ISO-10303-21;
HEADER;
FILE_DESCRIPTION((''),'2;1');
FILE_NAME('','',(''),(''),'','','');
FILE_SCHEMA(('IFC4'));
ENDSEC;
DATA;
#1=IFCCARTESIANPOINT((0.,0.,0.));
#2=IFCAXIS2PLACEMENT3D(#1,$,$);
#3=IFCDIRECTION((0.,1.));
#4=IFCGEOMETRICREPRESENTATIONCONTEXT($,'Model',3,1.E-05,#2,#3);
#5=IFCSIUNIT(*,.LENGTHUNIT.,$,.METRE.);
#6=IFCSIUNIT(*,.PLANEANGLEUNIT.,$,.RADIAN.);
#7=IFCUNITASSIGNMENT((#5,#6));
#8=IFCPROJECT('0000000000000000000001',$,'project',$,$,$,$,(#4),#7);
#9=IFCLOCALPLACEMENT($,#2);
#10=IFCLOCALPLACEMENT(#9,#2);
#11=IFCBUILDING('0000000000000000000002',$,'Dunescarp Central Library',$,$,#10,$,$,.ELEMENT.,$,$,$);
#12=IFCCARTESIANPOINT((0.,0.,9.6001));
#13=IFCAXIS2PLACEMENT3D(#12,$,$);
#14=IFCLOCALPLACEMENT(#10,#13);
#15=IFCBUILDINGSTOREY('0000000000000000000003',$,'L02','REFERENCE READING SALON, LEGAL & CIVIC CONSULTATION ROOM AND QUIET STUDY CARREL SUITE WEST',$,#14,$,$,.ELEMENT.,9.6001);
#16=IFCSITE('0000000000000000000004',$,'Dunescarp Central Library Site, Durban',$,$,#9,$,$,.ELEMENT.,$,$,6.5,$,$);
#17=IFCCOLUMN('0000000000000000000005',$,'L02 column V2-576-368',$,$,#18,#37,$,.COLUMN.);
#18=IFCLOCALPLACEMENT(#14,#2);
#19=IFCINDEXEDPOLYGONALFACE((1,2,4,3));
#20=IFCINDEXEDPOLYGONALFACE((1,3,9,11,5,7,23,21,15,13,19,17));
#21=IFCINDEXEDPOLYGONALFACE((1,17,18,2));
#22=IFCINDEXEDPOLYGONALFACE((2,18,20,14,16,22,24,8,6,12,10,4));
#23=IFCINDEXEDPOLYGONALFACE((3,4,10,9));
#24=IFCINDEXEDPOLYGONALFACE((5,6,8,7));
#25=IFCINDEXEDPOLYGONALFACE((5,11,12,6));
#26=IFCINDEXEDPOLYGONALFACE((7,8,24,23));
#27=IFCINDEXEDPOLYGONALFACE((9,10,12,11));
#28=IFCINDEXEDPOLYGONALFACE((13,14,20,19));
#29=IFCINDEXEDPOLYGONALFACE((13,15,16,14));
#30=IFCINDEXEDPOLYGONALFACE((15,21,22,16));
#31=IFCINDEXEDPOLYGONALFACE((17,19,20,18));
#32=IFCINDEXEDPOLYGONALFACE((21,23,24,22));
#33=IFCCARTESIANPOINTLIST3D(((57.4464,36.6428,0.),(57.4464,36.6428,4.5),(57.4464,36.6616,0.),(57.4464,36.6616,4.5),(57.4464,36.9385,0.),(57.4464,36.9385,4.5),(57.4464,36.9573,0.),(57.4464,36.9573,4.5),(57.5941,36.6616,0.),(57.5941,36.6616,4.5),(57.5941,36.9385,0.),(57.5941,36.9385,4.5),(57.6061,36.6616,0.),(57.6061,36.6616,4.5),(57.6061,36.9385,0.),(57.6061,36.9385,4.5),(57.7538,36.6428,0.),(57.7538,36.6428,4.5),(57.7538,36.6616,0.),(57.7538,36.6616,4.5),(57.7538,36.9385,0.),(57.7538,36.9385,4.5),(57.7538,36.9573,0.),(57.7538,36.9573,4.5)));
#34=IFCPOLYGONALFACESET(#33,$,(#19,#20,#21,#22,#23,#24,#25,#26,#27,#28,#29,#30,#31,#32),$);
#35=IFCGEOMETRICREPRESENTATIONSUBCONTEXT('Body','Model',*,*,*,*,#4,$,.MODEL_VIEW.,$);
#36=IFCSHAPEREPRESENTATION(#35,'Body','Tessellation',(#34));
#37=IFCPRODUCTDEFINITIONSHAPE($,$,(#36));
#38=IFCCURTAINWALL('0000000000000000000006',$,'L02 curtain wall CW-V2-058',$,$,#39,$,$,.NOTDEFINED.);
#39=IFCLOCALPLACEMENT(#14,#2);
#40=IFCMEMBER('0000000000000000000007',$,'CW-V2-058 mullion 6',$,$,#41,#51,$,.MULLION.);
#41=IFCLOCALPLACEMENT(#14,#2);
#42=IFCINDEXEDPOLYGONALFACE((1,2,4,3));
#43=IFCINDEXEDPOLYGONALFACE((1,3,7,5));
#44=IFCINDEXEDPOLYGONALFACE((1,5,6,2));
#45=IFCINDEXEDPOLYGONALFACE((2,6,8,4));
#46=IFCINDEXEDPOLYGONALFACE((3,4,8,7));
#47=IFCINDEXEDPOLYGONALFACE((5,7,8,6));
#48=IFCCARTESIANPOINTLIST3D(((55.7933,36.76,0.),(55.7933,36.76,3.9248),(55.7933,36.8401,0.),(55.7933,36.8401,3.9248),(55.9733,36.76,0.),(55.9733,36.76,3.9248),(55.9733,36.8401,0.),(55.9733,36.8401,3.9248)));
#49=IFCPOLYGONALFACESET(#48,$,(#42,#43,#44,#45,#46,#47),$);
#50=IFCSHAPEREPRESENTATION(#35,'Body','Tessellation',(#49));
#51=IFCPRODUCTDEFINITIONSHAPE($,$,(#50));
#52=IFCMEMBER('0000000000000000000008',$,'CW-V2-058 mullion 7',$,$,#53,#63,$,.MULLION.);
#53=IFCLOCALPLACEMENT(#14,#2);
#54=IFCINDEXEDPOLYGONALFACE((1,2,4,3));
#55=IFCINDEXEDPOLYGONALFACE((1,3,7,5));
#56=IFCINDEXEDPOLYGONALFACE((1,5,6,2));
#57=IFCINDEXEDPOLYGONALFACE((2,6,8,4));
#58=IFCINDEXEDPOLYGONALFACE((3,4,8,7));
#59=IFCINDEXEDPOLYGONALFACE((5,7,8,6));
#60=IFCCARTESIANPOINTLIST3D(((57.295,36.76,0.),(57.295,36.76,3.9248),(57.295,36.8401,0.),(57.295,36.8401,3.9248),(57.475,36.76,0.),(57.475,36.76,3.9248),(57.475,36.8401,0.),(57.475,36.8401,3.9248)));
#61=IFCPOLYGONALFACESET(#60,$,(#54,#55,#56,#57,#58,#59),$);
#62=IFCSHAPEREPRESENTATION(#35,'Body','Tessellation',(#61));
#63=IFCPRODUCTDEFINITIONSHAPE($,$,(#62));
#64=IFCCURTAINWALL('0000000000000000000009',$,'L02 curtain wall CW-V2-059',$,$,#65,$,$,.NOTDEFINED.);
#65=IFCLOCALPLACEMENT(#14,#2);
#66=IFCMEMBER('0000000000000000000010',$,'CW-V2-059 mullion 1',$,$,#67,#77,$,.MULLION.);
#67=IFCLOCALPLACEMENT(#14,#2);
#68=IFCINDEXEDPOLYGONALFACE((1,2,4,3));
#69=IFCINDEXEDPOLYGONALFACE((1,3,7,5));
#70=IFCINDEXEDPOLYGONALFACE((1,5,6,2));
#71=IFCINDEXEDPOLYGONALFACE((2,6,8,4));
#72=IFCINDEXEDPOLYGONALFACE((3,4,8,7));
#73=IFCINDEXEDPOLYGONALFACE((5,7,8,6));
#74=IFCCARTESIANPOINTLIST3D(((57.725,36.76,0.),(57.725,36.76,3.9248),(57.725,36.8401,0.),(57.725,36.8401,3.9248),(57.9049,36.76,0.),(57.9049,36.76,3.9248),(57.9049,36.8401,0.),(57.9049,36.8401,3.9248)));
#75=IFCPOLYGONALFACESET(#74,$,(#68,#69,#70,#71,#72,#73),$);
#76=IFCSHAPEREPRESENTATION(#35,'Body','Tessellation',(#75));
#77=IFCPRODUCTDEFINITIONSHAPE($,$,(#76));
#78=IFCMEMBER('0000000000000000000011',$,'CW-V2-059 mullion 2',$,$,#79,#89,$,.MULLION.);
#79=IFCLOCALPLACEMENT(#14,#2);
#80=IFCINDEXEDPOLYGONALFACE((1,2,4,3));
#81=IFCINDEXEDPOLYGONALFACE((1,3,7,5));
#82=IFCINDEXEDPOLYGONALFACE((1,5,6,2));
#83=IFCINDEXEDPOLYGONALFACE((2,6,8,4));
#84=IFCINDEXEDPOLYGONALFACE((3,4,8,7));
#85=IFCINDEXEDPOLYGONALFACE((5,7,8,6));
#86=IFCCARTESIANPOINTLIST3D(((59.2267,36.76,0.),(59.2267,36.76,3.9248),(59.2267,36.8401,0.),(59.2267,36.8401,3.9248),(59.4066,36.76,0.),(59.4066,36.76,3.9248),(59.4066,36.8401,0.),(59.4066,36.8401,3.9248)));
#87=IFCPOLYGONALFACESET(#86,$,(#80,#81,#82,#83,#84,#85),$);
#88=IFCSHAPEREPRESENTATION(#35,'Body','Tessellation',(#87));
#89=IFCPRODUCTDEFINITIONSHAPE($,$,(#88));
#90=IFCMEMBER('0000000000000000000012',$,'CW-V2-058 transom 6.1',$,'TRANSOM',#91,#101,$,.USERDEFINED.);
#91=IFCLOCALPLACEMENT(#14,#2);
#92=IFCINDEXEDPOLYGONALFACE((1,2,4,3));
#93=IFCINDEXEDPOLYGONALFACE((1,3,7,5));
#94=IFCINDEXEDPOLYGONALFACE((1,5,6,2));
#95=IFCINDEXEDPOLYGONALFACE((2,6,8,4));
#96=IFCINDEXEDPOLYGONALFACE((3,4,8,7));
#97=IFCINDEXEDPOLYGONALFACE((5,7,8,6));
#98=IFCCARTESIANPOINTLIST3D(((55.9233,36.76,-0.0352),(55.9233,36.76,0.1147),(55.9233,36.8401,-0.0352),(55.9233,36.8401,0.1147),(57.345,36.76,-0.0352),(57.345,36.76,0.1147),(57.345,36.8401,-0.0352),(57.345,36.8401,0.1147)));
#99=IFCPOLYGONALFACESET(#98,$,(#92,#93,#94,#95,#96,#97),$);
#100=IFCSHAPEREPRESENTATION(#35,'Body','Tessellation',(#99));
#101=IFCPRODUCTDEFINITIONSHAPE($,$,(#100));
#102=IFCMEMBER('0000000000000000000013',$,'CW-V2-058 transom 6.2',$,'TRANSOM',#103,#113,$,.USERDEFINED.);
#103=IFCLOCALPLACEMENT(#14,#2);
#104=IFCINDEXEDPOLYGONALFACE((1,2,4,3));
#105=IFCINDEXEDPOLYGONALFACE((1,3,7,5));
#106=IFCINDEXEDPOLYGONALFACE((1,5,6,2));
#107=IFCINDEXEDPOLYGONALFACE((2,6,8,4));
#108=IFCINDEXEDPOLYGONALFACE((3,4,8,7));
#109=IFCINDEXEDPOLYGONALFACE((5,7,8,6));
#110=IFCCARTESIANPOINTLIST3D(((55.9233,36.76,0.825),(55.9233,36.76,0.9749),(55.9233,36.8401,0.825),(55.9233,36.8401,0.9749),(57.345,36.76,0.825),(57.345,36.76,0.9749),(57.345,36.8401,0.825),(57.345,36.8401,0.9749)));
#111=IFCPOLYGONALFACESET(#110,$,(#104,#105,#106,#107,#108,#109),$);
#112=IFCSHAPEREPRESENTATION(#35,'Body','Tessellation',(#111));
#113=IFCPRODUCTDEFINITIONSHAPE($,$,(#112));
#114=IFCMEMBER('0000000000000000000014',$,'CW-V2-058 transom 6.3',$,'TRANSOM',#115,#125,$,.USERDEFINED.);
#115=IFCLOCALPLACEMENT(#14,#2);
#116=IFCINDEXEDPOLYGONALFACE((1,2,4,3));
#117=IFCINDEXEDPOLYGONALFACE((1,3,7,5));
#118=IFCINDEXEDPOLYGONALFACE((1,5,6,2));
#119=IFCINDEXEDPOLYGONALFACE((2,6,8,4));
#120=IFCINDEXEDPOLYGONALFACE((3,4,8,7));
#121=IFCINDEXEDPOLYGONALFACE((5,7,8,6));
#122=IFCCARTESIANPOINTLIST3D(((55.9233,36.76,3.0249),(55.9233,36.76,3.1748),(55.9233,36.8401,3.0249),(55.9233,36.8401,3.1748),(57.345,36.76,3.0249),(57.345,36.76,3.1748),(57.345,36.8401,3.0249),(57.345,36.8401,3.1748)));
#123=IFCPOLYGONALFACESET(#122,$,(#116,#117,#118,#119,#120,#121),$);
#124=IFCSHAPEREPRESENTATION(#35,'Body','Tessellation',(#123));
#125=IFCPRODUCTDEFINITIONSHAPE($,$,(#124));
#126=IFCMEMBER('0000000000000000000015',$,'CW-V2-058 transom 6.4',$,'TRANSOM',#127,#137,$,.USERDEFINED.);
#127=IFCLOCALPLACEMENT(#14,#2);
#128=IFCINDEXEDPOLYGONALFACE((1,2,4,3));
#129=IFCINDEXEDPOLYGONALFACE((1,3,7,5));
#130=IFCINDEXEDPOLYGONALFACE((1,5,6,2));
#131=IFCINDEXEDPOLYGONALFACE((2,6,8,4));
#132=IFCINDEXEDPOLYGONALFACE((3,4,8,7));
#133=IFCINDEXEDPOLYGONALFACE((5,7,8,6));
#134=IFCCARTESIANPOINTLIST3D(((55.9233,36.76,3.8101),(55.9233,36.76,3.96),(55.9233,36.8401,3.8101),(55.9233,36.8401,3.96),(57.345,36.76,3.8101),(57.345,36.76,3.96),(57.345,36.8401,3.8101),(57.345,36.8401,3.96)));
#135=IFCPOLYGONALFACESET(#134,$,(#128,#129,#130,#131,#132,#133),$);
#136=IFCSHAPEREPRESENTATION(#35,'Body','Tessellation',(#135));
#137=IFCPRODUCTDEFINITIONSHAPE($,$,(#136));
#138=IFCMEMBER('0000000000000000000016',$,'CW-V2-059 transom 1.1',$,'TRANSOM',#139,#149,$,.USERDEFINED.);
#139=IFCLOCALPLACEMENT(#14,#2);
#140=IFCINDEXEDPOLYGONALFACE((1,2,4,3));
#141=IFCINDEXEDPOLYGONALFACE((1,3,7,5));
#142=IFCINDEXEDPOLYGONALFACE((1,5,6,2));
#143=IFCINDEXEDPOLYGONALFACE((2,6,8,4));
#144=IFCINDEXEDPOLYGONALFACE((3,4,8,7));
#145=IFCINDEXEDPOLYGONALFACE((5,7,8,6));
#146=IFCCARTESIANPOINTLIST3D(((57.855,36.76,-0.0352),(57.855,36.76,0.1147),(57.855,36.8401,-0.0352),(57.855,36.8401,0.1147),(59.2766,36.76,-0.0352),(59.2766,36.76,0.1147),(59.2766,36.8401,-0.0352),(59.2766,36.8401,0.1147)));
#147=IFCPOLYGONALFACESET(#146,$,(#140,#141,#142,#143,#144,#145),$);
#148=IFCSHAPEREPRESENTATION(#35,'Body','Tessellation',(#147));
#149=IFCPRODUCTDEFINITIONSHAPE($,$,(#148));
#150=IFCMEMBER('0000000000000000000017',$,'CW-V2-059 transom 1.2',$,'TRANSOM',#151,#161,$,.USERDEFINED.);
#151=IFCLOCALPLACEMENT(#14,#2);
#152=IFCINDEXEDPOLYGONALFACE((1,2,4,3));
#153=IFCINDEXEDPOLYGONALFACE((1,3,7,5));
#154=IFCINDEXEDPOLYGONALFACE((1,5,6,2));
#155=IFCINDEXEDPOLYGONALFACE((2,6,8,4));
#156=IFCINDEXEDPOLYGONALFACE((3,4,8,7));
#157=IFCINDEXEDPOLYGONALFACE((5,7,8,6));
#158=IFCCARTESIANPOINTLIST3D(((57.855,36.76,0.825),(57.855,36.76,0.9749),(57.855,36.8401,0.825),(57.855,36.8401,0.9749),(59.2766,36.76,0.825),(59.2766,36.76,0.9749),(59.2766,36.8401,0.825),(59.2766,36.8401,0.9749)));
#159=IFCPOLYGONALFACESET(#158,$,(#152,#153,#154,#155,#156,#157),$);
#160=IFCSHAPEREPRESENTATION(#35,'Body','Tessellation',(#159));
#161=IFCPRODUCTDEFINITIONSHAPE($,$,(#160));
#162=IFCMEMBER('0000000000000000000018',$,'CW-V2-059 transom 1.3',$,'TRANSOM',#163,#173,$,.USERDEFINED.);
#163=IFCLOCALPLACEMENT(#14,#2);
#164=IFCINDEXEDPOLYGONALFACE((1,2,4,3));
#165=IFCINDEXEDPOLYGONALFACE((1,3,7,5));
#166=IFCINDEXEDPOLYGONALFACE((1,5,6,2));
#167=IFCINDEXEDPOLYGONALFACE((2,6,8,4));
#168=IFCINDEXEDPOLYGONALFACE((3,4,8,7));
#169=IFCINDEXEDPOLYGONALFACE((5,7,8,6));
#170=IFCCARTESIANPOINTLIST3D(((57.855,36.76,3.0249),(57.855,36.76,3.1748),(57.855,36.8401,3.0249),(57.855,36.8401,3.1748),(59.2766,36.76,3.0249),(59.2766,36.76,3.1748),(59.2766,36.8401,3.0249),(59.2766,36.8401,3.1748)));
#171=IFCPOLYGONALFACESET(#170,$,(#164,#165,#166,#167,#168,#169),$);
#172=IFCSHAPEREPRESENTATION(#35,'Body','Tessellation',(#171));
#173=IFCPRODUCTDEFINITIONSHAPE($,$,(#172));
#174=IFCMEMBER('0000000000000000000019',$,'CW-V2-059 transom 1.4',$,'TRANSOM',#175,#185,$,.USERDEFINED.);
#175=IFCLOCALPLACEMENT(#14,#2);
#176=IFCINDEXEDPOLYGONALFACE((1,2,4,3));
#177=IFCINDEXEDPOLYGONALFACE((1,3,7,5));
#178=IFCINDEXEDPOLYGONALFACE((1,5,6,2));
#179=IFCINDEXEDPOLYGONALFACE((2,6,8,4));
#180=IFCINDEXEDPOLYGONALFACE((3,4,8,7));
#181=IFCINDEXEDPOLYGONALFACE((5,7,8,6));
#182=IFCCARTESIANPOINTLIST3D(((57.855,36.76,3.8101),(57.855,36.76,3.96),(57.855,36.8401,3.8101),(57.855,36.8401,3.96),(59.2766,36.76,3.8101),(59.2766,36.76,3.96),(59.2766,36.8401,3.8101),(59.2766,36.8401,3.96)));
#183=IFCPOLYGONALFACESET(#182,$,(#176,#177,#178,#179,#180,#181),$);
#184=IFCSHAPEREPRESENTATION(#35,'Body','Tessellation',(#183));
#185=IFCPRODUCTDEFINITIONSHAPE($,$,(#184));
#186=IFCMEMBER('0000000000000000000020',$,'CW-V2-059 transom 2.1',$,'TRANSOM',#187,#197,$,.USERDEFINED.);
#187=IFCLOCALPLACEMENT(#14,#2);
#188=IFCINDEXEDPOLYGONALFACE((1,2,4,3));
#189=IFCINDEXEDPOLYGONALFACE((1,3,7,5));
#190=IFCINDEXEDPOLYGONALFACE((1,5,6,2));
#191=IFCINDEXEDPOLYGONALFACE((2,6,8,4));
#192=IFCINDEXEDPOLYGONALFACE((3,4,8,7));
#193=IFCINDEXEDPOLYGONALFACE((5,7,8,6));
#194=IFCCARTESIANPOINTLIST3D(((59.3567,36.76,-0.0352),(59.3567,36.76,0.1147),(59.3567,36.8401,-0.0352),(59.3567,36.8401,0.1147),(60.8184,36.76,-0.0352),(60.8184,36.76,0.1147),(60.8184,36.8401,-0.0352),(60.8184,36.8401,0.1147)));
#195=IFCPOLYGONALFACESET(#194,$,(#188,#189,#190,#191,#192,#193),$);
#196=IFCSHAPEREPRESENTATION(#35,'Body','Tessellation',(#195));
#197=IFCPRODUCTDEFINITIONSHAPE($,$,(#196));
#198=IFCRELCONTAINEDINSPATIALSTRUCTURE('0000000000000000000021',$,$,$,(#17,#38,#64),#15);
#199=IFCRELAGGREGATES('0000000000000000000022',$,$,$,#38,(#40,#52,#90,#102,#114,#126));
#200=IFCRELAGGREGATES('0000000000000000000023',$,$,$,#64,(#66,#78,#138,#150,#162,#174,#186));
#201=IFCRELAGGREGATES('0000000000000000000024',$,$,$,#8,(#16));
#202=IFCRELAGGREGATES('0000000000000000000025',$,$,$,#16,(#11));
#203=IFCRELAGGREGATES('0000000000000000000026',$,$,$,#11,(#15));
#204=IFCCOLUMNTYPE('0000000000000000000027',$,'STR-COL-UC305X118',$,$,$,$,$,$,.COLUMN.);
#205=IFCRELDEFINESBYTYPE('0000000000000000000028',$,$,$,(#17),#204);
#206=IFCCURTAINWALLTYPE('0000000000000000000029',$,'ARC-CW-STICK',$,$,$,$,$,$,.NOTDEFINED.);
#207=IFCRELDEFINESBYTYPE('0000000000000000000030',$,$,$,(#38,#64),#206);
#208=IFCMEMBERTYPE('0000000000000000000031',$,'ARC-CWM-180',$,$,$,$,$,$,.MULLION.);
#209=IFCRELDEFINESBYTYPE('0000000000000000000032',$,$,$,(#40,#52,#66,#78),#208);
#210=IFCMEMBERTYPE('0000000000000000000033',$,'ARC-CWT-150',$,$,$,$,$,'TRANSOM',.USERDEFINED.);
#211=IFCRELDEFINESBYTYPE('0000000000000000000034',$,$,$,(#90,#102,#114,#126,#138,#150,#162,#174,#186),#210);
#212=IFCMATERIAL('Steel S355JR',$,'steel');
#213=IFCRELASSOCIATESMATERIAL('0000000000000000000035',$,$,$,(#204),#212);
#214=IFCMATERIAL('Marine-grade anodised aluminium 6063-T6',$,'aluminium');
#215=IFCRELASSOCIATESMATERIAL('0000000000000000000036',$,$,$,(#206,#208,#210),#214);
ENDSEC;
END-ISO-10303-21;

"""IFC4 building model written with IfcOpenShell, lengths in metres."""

from ifc_helpers import new_model, si_unit, direction, frame, origin, origin_2d, place, context, subcontext, project, spatial, rectangle, i_section, extrude, material, material_profile, profile_set, type_object, element, aggregate, save


model = new_model("IFC4")

# Units and contexts
model_context = context("Model", 3, precision=1e-05, world=origin(), true_north=direction((0.0, 1.0)))
body_context = subcontext(model_context, "Body", "Model", "MODEL_VIEW")
ifc_project = project(units=[si_unit("LENGTHUNIT", "METRE"), si_unit("PLANEANGLEUNIT", "RADIAN")], contexts=[model_context])

# Site, building, storey
site_placement = place(None, origin())
site = spatial("IfcSite", under=ifc_project, at=site_placement, Name="Dunescarp Central Library Site, Durban", CompositionType="ELEMENT", RefElevation=6.5)
building_placement = place(site_placement, origin())
building = spatial("IfcBuilding", under=site, at=building_placement, Name="Dunescarp Central Library", CompositionType="ELEMENT")
storey_placement = place(building_placement, frame((0.0, 0.0, 9.6001)))
storey = spatial("IfcBuildingStorey", under=building, at=storey_placement, Name="L02", Description="REFERENCE READING SALON, LEGAL & CIVIC CONSULTATION ROOM AND QUIET STUDY CARREL SUITE WEST", CompositionType="ELEMENT", Elevation=9.6001)

# Column
ifc_material_1 = material(Name="Steel S355JR", Category="steel")
ifc_material_profile_1 = material_profile(ifc_material_1, i_section(OverallWidth=0.3074, OverallDepth=0.3145, WebThickness=0.012, FlangeThickness=0.0188, at=origin_2d()), Name="UC 305x305x118")
ifc_profile_set_1 = profile_set([ifc_material_profile_1], Name="Steel S355JR")
column_type = type_object("IfcColumnType", Name="STR-COL-UC305X118", PredefinedType="COLUMN", material=ifc_profile_set_1)
column_placement = place(storey_placement, frame((57.6001, 36.8, 0.0), z_axis=(0.0, 0.0, 1.0), x_axis=(1.0, 0.0, 0.0)))
element("IfcColumn", 1, at=column_placement, inside=storey, type_object=column_type, Name="L02 column V2-576-368", PredefinedType="COLUMN", context=body_context, shape_type="SweptSolid", body=[
    extrude(i_section(OverallWidth=0.3074, OverallDepth=0.3145, WebThickness=0.012, FlangeThickness=0.0188, at=origin_2d()), origin(), (0.0, 0.0, 1.0), 4.5),
])

# Curtain walls, members
ifc_material_2 = material(Name="Marine-grade anodised aluminium 6063-T6", Category="aluminium")
curtain_wall_type = type_object("IfcCurtainWallType", Name="ARC-CW-STICK", PredefinedType="NOTDEFINED", material=ifc_material_2)
curtain_wall_1_placement = place(storey_placement, origin())
curtain_wall_1 = element("IfcCurtainWall", 2, at=curtain_wall_1_placement, inside=storey, type_object=curtain_wall_type, Name="L02 curtain wall CW-V2-058", PredefinedType="NOTDEFINED")
ifc_material_profile_2 = material_profile(ifc_material_2, rectangle(XDim=0.0801, YDim=0.1799, at=origin_2d()), Name="AL 80x180")
ifc_profile_set_2 = profile_set([ifc_material_profile_2], Name="Marine-grade anodised aluminium 6063-T6")
member_type_1 = type_object("IfcMemberType", Name="ARC-CWM-180", PredefinedType="MULLION", material=ifc_profile_set_2)
member_1_placement = place(storey_placement, frame((55.8833, 36.8, 0.0), z_axis=(0.0, 0.0, 1.0), x_axis=(0.0, 1.0, 0.0)))
member_1 = element("IfcMember", 3, at=member_1_placement, type_object=member_type_1, Name="CW-V2-058 mullion 6", PredefinedType="MULLION", context=body_context, shape_type="SweptSolid", body=[
    extrude(rectangle(XDim=0.0801, YDim=0.1799, at=origin_2d()), origin(), (0.0, 0.0, 1.0), 3.9248),
])
member_2_placement = place(storey_placement, frame((57.385, 36.8, 0.0), z_axis=(0.0, 0.0, 1.0), x_axis=(0.0, 1.0, 0.0)))
member_2 = element("IfcMember", 4, at=member_2_placement, type_object=member_type_1, Name="CW-V2-058 mullion 7", PredefinedType="MULLION", context=body_context, shape_type="SweptSolid", body=[
    extrude(rectangle(XDim=0.0801, YDim=0.1799, at=origin_2d()), origin(), (0.0, 0.0, 1.0), 3.9248),
])
curtain_wall_2_placement = place(storey_placement, origin())
curtain_wall_2 = element("IfcCurtainWall", 5, at=curtain_wall_2_placement, inside=storey, type_object=curtain_wall_type, Name="L02 curtain wall CW-V2-059", PredefinedType="NOTDEFINED")
member_3_placement = place(storey_placement, frame((57.8149, 36.8, 0.0), z_axis=(0.0, 0.0, 1.0), x_axis=(0.0, 1.0, 0.0)))
member_3 = element("IfcMember", 6, at=member_3_placement, type_object=member_type_1, Name="CW-V2-059 mullion 1", PredefinedType="MULLION", context=body_context, shape_type="SweptSolid", body=[
    extrude(rectangle(XDim=0.0801, YDim=0.1799, at=origin_2d()), origin(), (0.0, 0.0, 1.0), 3.9248),
])
member_4_placement = place(storey_placement, frame((59.3167, 36.8, 0.0), z_axis=(0.0, 0.0, 1.0), x_axis=(0.0, 1.0, 0.0)))
member_4 = element("IfcMember", 7, at=member_4_placement, type_object=member_type_1, Name="CW-V2-059 mullion 2", PredefinedType="MULLION", context=body_context, shape_type="SweptSolid", body=[
    extrude(rectangle(XDim=0.0801, YDim=0.1799, at=origin_2d()), origin(), (0.0, 0.0, 1.0), 3.9248),
])

# Members
ifc_material_profile_3 = material_profile(ifc_material_2, rectangle(XDim=0.0801, YDim=0.1499, at=origin_2d()), Name="AL 80x150")
ifc_profile_set_3 = profile_set([ifc_material_profile_3], Name="Marine-grade anodised aluminium 6063-T6")
member_type_2 = type_object("IfcMemberType", Name="ARC-CWT-150", ElementType="TRANSOM", PredefinedType="USERDEFINED", material=ifc_profile_set_3)
member_5_placement = place(storey_placement, frame((55.9233, 36.8, 0.0398), z_axis=(1.0, 0.0, 0.0), x_axis=(0.0, 1.0, 0.0)))
member_5 = element("IfcMember", 8, at=member_5_placement, type_object=member_type_2, Name="CW-V2-058 transom 6.1", ObjectType="TRANSOM", PredefinedType="USERDEFINED", context=body_context, shape_type="SweptSolid", body=[
    extrude(rectangle(XDim=0.0801, YDim=0.1499, at=origin_2d()), origin(), (0.0, 0.0, 1.0), 1.4216),
])
member_6_placement = place(storey_placement, frame((55.9233, 36.8, 0.8999), z_axis=(1.0, 0.0, 0.0), x_axis=(0.0, 1.0, 0.0)))
member_6 = element("IfcMember", 9, at=member_6_placement, type_object=member_type_2, Name="CW-V2-058 transom 6.2", ObjectType="TRANSOM", PredefinedType="USERDEFINED", context=body_context, shape_type="SweptSolid", body=[
    extrude(rectangle(XDim=0.0801, YDim=0.1499, at=origin_2d()), origin(), (0.0, 0.0, 1.0), 1.4216),
])
member_7_placement = place(storey_placement, frame((55.9233, 36.8, 3.0999), z_axis=(1.0, 0.0, 0.0), x_axis=(0.0, 1.0, 0.0)))
member_7 = element("IfcMember", 10, at=member_7_placement, type_object=member_type_2, Name="CW-V2-058 transom 6.3", ObjectType="TRANSOM", PredefinedType="USERDEFINED", context=body_context, shape_type="SweptSolid", body=[
    extrude(rectangle(XDim=0.0801, YDim=0.1499, at=origin_2d()), origin(), (0.0, 0.0, 1.0), 1.4216),
])
member_8_placement = place(storey_placement, frame((55.9233, 36.8, 3.885), z_axis=(1.0, 0.0, 0.0), x_axis=(0.0, 1.0, 0.0)))
member_8 = element("IfcMember", 11, at=member_8_placement, type_object=member_type_2, Name="CW-V2-058 transom 6.4", ObjectType="TRANSOM", PredefinedType="USERDEFINED", context=body_context, shape_type="SweptSolid", body=[
    extrude(rectangle(XDim=0.0801, YDim=0.1499, at=origin_2d()), origin(), (0.0, 0.0, 1.0), 1.4216),
])
member_9_placement = place(storey_placement, frame((57.855, 36.8, 0.0398), z_axis=(1.0, 0.0, 0.0), x_axis=(0.0, 1.0, 0.0)))
member_9 = element("IfcMember", 12, at=member_9_placement, type_object=member_type_2, Name="CW-V2-059 transom 1.1", ObjectType="TRANSOM", PredefinedType="USERDEFINED", context=body_context, shape_type="SweptSolid", body=[
    extrude(rectangle(XDim=0.0801, YDim=0.1499, at=origin_2d()), origin(), (0.0, 0.0, 1.0), 1.4216),
])
member_10_placement = place(storey_placement, frame((57.855, 36.8, 0.8999), z_axis=(1.0, 0.0, 0.0), x_axis=(0.0, 1.0, 0.0)))
member_10 = element("IfcMember", 13, at=member_10_placement, type_object=member_type_2, Name="CW-V2-059 transom 1.2", ObjectType="TRANSOM", PredefinedType="USERDEFINED", context=body_context, shape_type="SweptSolid", body=[
    extrude(rectangle(XDim=0.0801, YDim=0.1499, at=origin_2d()), origin(), (0.0, 0.0, 1.0), 1.4216),
])
member_11_placement = place(storey_placement, frame((57.855, 36.8, 3.0999), z_axis=(1.0, 0.0, 0.0), x_axis=(0.0, 1.0, 0.0)))
member_11 = element("IfcMember", 14, at=member_11_placement, type_object=member_type_2, Name="CW-V2-059 transom 1.3", ObjectType="TRANSOM", PredefinedType="USERDEFINED", context=body_context, shape_type="SweptSolid", body=[
    extrude(rectangle(XDim=0.0801, YDim=0.1499, at=origin_2d()), origin(), (0.0, 0.0, 1.0), 1.4216),
])
member_12_placement = place(storey_placement, frame((57.855, 36.8, 3.885), z_axis=(1.0, 0.0, 0.0), x_axis=(0.0, 1.0, 0.0)))
member_12 = element("IfcMember", 15, at=member_12_placement, type_object=member_type_2, Name="CW-V2-059 transom 1.4", ObjectType="TRANSOM", PredefinedType="USERDEFINED", context=body_context, shape_type="SweptSolid", body=[
    extrude(rectangle(XDim=0.0801, YDim=0.1499, at=origin_2d()), origin(), (0.0, 0.0, 1.0), 1.4216),
])
member_13_placement = place(storey_placement, frame((59.3567, 36.8, 0.0398), z_axis=(1.0, 0.0, 0.0), x_axis=(0.0, 1.0, 0.0)))
member_13 = element("IfcMember", 16, at=member_13_placement, type_object=member_type_2, Name="CW-V2-059 transom 2.1", ObjectType="TRANSOM", PredefinedType="USERDEFINED", context=body_context, shape_type="SweptSolid", body=[
    extrude(rectangle(XDim=0.0801, YDim=0.1499, at=origin_2d()), origin(), (0.0, 0.0, 1.0), 1.4617),
])

aggregate(curtain_wall_1, [member_1, member_2, member_5, member_6, member_7, member_8])
aggregate(curtain_wall_2, [member_3, member_4, member_9, member_10, member_11, member_12, member_13])

save(model, "model.ifc")
